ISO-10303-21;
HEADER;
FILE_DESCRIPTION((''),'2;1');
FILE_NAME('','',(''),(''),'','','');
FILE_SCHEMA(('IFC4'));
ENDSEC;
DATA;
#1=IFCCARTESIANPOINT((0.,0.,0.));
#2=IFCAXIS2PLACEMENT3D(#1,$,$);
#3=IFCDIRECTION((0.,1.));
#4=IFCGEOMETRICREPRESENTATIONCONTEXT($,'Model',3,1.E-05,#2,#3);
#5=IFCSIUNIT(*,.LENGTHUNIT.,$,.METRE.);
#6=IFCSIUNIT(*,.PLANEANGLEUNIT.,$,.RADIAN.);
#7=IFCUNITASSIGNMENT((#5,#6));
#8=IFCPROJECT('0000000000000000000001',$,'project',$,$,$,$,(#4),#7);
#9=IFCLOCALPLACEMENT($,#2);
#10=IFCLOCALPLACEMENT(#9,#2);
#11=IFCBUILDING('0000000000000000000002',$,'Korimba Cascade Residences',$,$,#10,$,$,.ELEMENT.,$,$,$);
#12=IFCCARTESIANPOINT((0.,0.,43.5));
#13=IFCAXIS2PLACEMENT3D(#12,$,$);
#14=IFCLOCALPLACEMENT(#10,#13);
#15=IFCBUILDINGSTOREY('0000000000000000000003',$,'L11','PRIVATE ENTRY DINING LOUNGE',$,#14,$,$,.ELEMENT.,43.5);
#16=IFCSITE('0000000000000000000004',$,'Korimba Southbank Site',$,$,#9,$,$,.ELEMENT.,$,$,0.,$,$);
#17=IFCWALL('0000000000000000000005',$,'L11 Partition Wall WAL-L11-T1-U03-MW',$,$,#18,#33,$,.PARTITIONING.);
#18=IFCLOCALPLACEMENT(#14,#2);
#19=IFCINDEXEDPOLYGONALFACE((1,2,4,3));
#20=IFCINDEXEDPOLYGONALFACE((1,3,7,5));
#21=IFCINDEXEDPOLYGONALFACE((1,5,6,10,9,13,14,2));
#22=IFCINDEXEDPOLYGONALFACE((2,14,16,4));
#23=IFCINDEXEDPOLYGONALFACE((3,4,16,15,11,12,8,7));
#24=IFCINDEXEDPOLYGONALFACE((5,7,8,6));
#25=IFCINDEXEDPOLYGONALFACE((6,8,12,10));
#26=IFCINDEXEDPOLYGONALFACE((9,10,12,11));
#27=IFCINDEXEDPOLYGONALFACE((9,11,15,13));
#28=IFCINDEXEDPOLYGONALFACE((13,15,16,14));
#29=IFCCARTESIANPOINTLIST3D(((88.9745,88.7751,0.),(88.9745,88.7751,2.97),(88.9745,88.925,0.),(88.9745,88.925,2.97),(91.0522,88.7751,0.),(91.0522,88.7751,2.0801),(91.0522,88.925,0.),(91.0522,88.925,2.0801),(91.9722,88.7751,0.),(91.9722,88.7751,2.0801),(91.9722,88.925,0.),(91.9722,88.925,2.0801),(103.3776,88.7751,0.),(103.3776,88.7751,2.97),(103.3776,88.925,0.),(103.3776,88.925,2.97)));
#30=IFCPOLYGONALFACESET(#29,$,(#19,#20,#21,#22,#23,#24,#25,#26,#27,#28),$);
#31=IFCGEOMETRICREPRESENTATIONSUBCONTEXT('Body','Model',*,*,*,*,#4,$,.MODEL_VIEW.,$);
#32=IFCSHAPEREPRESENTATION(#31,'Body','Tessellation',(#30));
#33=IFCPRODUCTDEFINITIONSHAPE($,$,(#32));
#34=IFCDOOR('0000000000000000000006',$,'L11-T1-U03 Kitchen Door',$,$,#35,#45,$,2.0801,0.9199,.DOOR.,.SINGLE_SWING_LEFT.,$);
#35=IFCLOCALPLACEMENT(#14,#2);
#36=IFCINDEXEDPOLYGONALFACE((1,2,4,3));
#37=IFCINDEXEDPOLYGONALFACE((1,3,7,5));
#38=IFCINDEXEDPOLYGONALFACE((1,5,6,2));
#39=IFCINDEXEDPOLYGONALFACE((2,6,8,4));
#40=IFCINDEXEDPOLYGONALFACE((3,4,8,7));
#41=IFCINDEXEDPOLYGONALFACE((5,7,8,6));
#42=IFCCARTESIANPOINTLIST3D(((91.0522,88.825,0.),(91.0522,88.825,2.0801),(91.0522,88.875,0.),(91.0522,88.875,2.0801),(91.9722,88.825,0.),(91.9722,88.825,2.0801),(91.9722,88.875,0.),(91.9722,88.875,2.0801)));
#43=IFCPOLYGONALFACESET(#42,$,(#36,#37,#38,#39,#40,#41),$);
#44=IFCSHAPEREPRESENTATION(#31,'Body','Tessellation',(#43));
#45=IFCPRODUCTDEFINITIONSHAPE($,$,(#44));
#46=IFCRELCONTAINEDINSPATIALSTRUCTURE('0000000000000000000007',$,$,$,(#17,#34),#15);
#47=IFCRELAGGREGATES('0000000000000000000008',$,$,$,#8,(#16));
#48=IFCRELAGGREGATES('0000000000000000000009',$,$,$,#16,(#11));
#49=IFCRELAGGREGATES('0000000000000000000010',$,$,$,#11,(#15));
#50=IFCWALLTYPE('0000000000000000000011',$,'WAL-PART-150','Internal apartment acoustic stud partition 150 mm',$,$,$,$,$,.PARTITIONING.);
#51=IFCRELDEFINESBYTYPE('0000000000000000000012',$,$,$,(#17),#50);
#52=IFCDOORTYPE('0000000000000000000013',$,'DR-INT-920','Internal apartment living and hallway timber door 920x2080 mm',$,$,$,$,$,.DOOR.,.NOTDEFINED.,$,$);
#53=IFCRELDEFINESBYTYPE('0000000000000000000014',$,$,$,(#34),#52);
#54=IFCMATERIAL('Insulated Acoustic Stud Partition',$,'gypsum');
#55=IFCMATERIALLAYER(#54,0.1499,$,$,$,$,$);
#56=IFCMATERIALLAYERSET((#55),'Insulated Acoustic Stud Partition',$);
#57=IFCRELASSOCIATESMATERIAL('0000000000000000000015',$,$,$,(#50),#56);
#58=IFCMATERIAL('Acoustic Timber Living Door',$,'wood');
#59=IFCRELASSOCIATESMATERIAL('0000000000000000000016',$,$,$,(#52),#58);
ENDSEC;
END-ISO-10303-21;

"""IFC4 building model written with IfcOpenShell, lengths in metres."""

from ifc_helpers import new_model, si_unit, direction, frame, frame_2d, origin, place, context, subcontext, project, spatial, rectangle, extrude, material, layer, layer_set, type_object, element, fill, save


model = new_model("IFC4")

# Units and contexts
model_context = context("Model", 3, precision=1e-05, world=origin(), true_north=direction((0.0, 1.0)))
body_context = subcontext(model_context, "Body", "Model", "MODEL_VIEW")
ifc_project = project(units=[si_unit("LENGTHUNIT", "METRE"), si_unit("PLANEANGLEUNIT", "RADIAN")], contexts=[model_context])

# Site, building, storey
site_placement = place(None, origin())
site = spatial("IfcSite", under=ifc_project, at=site_placement, Name="Korimba Southbank Site", CompositionType="ELEMENT", RefElevation=0.0)
building_placement = place(site_placement, origin())
building = spatial("IfcBuilding", under=site, at=building_placement, Name="Korimba Cascade Residences", CompositionType="ELEMENT")
storey_placement = place(building_placement, frame((0.0, 0.0, 43.5)))
storey = spatial("IfcBuildingStorey", under=building, at=storey_placement, Name="L11", Description="PRIVATE ENTRY DINING LOUNGE", CompositionType="ELEMENT", Elevation=43.5)

# Shared definitions
ifc_material_1 = material(Name="Insulated Acoustic Stud Partition", Category="gypsum")
ifc_layer_1 = layer(ifc_material_1, 0.1499)
ifc_layer_set_1 = layer_set([ifc_layer_1], Name="Insulated Acoustic Stud Partition")
wall_type_1 = type_object("IfcWallType", Name="WAL-PART-150", Description="Internal apartment acoustic stud partition 150 mm", PredefinedType="PARTITIONING", material=ifc_layer_set_1)

# Wall, opening, door
wall_1_placement = place(storey_placement, frame((88.9744, 88.8501, 0.0), z_axis=(0.0, 0.0, 1.0), x_axis=(1.0, 0.0, 0.0)))
wall_1 = element("IfcWall", 1, at=wall_1_placement, inside=storey, type_object=wall_type_1, Name="L11 Partition Wall WAL-L11-T1-U03-MW", PredefinedType="PARTITIONING", context=body_context, shape_type="SweptSolid", body=[
    extrude(rectangle(XDim=14.4031, YDim=0.1499, at=frame_2d((7.2017, 0.0))), origin(), (0.0, 0.0, 1.0), 2.97),
])
opening_1_placement = place(wall_1_placement, frame((2.0779, 0.0, 0.0)))
opening_1 = element("IfcOpeningElement", 2, at=opening_1_placement, cuts=wall_1, PredefinedType="OPENING", context=body_context, shape_type="SweptSolid", body=[
    extrude(rectangle(XDim=0.9199, YDim=2.0801, at=frame_2d((0.46, 1.04))), frame((0.0, 0.085, 0.0), z_axis=(0.0, -1.0, 0.0), x_axis=(1.0, 0.0, 0.0)), (0.0, 0.0, 1.0), 0.1699),
])
ifc_material_2 = material(Name="Acoustic Timber Living Door", Category="wood")
door_type_1 = type_object("IfcDoorType", Name="DR-INT-920", Description="Internal apartment living and hallway timber door 920x2080 mm", OperationType="NOTDEFINED", PredefinedType="DOOR", material=ifc_material_2)
door_1_placement = place(opening_1_placement, origin())
door_1 = element("IfcDoor", 3, at=door_1_placement, inside=storey, type_object=door_type_1, Name="L11-T1-U03 Kitchen Door", OperationType="SINGLE_SWING_LEFT", OverallHeight=2.0801, OverallWidth=0.9199, PredefinedType="DOOR", context=body_context, shape_type="SweptSolid", body=[
    extrude(rectangle(XDim=0.9199, YDim=2.0801, at=frame_2d((0.46, 1.04))), frame((0.0, 0.0249, 0.0), z_axis=(0.0, -1.0, 0.0), x_axis=(1.0, 0.0, 0.0)), (0.0, 0.0, 1.0), 0.05),
])
fill(opening_1, door_1)

save(model, "model.ifc")
